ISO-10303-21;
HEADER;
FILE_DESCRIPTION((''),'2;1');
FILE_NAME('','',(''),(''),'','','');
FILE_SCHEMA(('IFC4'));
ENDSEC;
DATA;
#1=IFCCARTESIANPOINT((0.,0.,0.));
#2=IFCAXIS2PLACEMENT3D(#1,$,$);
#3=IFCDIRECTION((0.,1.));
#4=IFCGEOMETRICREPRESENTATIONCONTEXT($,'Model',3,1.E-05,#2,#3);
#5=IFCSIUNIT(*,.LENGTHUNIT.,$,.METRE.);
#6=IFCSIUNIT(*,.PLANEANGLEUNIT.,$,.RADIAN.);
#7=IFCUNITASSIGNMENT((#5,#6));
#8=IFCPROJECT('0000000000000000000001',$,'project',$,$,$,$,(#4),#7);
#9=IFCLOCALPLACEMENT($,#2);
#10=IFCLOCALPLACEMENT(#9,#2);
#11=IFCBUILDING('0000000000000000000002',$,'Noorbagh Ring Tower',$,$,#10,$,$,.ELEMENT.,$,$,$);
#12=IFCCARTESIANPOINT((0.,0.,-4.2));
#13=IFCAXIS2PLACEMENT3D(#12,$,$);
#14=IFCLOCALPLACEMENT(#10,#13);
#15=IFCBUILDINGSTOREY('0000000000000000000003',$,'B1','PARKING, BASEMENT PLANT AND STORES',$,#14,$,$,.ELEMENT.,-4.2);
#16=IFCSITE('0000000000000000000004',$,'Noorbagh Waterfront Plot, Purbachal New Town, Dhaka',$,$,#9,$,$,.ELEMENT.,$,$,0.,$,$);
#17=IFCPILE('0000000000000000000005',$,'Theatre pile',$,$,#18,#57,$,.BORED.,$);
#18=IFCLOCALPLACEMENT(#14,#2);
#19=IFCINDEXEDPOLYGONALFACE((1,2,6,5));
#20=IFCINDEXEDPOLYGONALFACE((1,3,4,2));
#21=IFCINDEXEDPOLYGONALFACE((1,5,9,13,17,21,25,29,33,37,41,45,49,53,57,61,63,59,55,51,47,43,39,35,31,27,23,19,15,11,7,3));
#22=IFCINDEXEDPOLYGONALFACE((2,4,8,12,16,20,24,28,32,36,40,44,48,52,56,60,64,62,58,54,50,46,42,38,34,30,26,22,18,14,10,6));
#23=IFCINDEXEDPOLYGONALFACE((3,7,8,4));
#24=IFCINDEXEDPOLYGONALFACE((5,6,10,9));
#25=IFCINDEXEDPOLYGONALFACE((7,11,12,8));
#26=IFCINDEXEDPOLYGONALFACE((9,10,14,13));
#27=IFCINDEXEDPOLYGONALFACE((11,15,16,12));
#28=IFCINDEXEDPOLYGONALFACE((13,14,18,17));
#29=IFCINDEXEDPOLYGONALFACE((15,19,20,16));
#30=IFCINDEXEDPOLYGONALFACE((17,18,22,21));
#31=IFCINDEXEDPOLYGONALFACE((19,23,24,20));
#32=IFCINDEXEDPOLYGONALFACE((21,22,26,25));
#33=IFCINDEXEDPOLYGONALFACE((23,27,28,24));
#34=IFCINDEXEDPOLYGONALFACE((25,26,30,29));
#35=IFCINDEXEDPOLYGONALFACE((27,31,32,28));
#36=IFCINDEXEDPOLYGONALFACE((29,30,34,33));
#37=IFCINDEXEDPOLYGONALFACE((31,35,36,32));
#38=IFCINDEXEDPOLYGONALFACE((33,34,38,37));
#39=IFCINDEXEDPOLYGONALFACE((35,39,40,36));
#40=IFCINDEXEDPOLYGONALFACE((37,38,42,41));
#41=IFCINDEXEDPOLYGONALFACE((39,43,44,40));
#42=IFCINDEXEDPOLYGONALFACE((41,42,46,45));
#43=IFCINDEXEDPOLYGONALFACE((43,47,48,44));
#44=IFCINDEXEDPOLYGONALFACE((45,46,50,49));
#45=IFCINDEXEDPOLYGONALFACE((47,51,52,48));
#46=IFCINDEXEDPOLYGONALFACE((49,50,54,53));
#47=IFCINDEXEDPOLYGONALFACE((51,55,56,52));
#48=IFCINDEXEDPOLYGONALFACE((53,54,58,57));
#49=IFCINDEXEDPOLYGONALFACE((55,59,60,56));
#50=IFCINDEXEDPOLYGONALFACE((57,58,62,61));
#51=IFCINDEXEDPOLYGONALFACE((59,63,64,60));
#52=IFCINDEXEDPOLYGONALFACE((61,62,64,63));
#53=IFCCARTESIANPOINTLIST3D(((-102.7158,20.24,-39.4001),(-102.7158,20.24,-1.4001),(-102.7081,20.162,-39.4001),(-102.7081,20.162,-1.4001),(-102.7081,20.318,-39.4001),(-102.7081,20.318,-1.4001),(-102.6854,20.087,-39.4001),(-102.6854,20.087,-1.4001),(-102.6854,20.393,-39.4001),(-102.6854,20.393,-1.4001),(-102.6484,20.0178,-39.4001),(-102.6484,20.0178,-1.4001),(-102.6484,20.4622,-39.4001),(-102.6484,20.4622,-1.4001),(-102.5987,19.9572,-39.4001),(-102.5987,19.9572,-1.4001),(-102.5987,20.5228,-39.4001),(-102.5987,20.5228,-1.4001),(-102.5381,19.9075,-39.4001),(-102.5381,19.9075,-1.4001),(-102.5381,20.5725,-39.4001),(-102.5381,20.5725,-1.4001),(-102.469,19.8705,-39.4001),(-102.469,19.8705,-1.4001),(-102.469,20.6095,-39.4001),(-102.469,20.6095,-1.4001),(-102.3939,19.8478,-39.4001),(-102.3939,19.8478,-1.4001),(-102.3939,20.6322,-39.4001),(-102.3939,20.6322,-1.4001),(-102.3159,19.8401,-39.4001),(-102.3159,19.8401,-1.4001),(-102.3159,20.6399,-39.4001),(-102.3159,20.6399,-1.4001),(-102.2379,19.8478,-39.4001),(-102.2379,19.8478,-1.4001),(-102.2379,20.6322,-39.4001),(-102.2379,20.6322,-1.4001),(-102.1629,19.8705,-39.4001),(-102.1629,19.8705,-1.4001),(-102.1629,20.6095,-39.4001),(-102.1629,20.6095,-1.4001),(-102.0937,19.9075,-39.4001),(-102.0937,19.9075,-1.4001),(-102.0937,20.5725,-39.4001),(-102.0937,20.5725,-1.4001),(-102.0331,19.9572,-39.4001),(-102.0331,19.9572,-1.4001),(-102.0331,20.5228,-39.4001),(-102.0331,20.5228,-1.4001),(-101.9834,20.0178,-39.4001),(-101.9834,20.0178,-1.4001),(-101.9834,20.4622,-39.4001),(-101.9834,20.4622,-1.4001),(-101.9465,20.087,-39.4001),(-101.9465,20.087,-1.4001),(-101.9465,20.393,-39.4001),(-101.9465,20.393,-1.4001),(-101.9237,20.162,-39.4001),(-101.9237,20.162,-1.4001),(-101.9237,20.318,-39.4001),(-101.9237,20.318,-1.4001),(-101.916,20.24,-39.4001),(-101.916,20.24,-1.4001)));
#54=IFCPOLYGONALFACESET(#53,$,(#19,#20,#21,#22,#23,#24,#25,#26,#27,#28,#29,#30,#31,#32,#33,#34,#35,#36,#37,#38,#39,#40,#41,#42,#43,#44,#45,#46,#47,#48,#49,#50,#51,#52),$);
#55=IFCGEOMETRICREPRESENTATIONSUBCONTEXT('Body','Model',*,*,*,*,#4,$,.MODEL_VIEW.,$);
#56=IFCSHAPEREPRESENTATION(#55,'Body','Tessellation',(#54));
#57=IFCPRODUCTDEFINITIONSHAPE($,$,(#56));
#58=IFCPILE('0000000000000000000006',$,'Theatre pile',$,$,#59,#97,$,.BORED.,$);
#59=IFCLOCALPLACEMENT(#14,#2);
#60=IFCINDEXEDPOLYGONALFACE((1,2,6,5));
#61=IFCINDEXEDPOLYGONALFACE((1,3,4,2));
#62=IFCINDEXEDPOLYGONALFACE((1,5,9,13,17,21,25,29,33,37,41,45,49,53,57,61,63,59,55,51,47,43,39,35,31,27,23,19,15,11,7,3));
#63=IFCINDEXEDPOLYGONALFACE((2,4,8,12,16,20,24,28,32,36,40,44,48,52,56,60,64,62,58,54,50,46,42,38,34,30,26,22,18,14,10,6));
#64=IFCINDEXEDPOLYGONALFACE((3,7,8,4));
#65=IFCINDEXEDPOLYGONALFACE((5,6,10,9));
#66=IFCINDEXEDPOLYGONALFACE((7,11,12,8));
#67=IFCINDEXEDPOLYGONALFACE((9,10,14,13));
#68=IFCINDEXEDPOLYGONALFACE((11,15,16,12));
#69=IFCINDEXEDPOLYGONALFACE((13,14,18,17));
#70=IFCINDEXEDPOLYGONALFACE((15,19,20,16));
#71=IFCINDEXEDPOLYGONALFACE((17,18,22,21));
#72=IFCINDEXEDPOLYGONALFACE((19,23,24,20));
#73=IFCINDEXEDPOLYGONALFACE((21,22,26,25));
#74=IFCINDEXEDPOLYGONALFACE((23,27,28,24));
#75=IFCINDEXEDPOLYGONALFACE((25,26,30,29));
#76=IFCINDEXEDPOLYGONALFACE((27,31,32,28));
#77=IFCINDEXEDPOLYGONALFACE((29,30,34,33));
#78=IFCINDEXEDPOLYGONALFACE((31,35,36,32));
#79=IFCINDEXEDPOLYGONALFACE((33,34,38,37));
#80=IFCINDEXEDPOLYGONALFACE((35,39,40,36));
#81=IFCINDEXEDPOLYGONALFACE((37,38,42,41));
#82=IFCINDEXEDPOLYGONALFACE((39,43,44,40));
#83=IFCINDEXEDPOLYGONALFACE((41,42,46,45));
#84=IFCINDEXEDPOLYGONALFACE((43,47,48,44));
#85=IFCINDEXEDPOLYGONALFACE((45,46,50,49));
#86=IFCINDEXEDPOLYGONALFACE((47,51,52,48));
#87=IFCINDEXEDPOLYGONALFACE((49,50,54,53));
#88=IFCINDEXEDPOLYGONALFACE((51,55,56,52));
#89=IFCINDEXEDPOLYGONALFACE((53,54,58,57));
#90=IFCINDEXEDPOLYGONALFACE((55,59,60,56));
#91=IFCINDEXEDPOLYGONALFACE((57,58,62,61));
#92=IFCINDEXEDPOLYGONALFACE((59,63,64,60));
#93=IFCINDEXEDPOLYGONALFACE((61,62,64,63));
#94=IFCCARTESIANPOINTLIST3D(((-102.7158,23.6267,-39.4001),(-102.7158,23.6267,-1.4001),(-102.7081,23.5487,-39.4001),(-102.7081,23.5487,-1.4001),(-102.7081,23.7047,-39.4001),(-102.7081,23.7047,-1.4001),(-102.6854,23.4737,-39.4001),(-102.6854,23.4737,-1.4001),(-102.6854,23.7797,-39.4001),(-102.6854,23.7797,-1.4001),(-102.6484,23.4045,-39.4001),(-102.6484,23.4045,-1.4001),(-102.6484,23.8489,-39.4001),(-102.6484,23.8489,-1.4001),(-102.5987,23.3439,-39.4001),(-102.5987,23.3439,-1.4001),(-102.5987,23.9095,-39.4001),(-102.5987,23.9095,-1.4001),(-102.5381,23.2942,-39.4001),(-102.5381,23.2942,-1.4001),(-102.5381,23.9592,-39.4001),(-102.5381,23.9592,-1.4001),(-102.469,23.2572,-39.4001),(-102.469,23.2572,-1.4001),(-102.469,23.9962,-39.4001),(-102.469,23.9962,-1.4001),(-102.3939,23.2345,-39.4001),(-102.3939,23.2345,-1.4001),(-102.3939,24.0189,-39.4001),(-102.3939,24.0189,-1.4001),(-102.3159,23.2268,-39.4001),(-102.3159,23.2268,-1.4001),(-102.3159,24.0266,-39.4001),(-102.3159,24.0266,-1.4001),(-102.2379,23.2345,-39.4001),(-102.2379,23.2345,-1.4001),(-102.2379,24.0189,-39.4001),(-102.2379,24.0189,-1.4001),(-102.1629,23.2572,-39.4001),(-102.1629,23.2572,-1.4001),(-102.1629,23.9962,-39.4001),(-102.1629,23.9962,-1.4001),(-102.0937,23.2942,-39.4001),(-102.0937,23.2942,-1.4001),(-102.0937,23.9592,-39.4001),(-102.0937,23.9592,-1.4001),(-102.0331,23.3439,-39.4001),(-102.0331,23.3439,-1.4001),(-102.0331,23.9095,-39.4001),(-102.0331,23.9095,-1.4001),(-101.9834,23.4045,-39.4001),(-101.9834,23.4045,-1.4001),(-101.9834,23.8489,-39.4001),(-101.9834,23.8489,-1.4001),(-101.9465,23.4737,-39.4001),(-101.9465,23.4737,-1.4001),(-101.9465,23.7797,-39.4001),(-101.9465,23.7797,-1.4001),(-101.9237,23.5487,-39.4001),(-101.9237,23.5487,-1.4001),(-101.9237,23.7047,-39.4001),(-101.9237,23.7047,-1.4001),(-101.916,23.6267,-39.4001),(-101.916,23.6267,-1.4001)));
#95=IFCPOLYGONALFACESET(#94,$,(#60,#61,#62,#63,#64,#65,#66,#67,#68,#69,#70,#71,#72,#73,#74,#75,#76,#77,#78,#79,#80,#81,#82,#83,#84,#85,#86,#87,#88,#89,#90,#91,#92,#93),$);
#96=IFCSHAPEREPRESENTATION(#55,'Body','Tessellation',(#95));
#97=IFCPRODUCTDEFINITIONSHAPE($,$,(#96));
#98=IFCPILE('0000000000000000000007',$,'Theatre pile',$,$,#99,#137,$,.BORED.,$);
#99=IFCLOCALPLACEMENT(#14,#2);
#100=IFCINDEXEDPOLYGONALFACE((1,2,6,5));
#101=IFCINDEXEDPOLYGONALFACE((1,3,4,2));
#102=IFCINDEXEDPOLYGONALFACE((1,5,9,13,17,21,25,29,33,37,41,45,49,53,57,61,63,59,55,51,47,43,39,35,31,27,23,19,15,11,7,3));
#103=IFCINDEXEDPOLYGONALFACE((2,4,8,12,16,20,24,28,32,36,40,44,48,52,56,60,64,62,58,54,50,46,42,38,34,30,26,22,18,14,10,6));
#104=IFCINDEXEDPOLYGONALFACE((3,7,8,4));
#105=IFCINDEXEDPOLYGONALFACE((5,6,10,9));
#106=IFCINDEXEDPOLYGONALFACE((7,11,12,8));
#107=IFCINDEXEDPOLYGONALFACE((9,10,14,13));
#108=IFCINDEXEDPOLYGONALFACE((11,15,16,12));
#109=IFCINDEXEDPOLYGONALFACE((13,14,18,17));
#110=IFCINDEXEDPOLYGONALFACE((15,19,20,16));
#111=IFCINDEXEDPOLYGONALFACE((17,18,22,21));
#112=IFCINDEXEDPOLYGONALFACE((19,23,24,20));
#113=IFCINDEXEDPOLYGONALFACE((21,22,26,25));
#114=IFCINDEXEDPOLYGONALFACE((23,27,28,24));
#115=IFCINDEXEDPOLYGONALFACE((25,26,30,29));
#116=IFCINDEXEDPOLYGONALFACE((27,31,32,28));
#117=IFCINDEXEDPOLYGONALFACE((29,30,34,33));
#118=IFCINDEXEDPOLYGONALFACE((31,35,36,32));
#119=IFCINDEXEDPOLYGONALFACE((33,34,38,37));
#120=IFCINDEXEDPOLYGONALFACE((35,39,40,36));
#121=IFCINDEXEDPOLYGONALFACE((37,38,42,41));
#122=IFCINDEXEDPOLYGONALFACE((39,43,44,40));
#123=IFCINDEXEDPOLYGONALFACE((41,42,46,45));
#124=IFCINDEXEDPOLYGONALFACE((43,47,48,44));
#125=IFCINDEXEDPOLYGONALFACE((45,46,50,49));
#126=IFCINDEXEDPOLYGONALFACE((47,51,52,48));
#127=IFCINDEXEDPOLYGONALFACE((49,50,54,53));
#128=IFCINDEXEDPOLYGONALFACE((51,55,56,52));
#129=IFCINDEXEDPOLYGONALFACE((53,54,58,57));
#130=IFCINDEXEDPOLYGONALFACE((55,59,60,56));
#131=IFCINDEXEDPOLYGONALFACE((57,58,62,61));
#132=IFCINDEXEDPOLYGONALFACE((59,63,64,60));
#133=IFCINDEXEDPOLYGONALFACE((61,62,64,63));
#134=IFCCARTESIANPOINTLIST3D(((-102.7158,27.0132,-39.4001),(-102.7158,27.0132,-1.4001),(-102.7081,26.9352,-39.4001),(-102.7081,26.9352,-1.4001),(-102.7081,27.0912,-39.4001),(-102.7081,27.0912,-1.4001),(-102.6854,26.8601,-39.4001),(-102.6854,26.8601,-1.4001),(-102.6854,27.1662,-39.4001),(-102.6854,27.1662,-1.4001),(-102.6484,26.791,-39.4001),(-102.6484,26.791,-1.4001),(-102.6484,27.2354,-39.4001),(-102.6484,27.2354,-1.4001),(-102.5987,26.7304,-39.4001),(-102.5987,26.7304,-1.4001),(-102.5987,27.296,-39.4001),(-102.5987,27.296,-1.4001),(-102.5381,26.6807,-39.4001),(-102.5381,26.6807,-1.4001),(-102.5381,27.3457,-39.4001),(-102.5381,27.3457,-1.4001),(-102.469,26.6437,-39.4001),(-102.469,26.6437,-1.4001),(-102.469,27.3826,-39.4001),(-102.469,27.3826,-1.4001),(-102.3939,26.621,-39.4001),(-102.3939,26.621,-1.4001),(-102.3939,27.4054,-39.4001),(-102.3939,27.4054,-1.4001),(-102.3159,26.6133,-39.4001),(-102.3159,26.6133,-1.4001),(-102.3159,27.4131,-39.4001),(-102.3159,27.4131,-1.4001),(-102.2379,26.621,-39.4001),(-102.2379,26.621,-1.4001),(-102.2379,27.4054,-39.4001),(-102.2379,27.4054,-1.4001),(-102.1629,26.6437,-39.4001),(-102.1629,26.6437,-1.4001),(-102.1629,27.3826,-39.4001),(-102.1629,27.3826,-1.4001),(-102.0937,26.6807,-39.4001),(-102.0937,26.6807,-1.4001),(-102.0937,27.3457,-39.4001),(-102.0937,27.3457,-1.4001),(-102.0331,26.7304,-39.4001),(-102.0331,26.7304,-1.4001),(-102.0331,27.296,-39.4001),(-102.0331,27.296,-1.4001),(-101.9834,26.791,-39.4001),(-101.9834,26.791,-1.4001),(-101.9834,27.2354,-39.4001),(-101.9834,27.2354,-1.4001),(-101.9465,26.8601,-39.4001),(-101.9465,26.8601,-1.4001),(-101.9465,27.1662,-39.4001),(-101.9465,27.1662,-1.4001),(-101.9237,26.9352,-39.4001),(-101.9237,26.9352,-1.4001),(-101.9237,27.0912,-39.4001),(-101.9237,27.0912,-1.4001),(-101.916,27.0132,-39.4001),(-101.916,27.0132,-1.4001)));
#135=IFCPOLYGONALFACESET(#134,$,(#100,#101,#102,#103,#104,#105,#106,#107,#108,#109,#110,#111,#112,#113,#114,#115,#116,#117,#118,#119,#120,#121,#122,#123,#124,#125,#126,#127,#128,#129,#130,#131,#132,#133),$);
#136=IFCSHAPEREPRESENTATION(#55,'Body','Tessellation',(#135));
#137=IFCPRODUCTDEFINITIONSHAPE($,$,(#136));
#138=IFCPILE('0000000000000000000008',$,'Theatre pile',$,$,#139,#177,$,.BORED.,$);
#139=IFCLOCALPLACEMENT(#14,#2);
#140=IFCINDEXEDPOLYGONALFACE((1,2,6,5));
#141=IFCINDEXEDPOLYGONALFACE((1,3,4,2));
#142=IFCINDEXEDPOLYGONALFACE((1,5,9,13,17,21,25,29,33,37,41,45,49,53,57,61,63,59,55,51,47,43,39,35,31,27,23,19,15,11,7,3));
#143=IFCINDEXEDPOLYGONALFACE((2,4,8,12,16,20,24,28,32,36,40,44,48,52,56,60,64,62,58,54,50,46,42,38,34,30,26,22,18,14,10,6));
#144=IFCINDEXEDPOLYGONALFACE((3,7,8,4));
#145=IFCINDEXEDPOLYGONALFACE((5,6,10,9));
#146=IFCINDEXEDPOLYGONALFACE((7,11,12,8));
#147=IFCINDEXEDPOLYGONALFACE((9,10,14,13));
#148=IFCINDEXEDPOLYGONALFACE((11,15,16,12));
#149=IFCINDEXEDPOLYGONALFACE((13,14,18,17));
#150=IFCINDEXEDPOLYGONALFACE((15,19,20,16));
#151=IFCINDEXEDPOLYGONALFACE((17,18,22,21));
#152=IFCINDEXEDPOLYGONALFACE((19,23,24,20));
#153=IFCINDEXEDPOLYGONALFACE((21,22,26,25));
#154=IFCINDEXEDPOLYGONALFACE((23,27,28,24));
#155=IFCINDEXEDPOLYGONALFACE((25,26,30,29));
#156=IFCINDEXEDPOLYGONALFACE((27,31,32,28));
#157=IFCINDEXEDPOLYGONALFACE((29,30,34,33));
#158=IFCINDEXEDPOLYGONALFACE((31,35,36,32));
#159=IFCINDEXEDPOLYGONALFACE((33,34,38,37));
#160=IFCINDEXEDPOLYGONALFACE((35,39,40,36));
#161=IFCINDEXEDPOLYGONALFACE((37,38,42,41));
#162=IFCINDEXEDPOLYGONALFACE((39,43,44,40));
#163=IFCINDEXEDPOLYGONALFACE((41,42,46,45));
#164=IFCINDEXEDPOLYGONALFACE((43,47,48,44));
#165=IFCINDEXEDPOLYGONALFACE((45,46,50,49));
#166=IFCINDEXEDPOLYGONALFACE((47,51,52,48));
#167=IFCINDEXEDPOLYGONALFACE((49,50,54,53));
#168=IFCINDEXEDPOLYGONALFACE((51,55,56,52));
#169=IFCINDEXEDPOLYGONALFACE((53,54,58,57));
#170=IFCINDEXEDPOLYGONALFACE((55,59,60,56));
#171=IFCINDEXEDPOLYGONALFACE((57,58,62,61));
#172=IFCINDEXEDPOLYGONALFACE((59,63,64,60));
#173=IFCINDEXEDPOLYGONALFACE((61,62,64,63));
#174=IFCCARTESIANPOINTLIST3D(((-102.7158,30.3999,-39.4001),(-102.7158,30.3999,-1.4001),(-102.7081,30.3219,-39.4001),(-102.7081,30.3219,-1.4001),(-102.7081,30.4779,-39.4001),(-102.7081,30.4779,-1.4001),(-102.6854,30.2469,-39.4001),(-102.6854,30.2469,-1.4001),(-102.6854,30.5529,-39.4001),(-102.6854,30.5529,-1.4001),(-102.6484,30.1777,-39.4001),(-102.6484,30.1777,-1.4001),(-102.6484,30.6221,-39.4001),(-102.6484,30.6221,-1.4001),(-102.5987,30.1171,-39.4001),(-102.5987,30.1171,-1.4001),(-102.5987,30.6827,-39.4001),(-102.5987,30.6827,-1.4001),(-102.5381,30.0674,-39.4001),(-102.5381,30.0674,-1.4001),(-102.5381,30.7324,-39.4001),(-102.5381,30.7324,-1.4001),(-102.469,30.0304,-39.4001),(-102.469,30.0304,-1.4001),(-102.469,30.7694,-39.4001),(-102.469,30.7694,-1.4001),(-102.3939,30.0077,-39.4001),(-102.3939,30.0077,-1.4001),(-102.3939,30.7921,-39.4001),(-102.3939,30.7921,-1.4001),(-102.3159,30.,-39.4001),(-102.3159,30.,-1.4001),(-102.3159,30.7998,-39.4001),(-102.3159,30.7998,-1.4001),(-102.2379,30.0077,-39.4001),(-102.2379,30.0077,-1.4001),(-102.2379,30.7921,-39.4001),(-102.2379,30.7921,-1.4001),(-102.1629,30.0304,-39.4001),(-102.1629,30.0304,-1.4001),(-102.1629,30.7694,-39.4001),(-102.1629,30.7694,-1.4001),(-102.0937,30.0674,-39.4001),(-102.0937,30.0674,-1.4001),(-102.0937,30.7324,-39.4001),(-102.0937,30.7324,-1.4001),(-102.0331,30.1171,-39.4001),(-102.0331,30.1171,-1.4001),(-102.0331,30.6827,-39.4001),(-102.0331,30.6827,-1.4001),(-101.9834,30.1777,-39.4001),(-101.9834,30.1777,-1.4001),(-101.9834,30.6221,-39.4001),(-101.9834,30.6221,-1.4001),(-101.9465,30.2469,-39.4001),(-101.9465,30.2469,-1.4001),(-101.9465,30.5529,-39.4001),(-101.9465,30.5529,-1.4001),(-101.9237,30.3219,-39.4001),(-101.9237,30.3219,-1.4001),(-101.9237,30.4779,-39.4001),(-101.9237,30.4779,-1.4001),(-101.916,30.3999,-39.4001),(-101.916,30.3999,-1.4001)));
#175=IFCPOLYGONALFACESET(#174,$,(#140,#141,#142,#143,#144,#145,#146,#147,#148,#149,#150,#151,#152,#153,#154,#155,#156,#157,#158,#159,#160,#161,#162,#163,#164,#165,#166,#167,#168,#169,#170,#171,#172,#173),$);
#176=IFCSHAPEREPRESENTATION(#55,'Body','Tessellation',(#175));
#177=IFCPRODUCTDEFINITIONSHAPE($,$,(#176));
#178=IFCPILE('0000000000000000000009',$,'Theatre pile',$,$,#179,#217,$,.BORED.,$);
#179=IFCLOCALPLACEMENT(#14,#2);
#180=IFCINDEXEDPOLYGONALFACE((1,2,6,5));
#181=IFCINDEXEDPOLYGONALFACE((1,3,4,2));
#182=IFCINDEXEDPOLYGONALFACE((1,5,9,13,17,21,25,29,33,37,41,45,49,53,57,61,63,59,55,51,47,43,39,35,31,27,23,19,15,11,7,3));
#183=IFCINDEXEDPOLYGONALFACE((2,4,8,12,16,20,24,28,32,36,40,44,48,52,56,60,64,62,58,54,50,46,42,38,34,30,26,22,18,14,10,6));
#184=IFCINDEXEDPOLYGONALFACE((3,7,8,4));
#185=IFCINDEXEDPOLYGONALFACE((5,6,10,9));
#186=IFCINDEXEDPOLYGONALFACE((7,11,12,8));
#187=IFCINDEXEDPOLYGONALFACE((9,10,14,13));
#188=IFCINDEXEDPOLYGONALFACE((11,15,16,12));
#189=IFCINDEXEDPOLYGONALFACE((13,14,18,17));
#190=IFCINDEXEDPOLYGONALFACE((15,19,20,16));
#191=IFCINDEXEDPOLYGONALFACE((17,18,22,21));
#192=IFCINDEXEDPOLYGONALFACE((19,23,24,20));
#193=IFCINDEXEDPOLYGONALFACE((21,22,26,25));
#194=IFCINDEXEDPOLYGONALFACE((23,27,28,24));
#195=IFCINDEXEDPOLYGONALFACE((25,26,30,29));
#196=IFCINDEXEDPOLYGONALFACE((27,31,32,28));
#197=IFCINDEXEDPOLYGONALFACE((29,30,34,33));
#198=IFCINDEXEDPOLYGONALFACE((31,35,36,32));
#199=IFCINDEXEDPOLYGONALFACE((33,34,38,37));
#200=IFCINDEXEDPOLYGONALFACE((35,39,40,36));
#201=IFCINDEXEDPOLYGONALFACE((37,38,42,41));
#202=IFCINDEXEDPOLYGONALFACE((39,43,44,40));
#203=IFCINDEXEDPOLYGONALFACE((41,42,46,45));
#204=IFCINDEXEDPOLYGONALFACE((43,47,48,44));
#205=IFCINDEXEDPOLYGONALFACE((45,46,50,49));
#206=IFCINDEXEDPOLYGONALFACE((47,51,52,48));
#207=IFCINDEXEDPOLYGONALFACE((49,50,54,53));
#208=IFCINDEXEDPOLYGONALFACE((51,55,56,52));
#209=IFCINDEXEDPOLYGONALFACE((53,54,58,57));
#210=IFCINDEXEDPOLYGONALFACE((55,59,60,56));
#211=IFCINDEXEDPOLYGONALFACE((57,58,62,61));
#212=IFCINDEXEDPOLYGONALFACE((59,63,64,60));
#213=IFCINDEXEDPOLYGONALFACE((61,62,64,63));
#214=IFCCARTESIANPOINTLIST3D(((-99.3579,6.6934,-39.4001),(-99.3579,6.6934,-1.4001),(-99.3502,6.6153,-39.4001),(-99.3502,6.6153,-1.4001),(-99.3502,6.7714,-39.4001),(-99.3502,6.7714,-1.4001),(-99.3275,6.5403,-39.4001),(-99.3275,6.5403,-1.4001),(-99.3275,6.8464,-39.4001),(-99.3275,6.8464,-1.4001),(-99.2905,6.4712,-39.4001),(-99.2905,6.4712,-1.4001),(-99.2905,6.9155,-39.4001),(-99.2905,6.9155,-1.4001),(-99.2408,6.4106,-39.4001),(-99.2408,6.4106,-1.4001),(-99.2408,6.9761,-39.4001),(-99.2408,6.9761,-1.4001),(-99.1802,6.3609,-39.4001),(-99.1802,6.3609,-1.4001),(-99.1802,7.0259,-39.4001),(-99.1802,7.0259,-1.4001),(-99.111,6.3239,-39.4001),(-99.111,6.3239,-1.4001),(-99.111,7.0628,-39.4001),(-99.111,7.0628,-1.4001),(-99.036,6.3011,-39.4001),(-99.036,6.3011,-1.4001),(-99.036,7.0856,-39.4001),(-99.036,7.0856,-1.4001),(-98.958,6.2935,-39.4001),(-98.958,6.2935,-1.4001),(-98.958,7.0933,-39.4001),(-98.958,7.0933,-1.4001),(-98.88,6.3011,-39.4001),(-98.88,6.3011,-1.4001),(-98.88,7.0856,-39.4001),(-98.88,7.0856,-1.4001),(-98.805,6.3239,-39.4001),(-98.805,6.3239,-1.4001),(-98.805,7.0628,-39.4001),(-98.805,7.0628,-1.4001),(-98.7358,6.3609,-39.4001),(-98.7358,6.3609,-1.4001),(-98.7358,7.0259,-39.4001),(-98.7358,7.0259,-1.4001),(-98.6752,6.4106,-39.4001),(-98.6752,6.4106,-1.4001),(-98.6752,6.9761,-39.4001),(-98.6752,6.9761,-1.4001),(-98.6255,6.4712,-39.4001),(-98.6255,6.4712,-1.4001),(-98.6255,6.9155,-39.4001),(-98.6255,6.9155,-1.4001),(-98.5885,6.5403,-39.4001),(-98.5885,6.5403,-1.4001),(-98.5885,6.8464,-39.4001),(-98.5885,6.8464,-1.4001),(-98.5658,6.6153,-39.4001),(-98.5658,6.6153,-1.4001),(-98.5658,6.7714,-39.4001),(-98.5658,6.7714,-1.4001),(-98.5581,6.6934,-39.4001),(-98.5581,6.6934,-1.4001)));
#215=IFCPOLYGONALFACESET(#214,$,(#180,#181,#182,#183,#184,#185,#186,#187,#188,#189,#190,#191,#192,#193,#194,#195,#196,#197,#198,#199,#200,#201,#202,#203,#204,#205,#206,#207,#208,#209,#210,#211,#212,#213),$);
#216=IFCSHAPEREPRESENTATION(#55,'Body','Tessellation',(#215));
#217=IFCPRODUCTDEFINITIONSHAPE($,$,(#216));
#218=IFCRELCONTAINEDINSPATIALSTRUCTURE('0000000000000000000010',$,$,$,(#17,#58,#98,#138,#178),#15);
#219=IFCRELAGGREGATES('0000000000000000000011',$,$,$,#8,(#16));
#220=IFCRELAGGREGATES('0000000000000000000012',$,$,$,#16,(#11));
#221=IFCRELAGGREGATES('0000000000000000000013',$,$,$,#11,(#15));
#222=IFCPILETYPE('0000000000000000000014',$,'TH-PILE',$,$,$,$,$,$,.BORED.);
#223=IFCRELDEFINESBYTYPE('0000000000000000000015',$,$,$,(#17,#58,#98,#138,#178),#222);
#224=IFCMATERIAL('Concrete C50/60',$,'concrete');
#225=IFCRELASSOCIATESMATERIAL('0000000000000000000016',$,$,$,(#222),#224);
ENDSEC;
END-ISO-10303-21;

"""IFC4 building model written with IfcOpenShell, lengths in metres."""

from ifc_helpers import new_model, si_unit, direction, frame, origin, origin_2d, place, context, subcontext, project, spatial, circle, extrude, material, material_profile, profile_set, type_object, element, save


model = new_model("IFC4")

# Units and contexts
model_context = context("Model", 3, precision=1e-05, world=origin(), true_north=direction((0.0, 1.0)))
body_context = subcontext(model_context, "Body", "Model", "MODEL_VIEW")
ifc_project = project(units=[si_unit("LENGTHUNIT", "METRE"), si_unit("PLANEANGLEUNIT", "RADIAN")], contexts=[model_context])

# Site, building, storey
site_placement = place(None, origin())
site = spatial("IfcSite", under=ifc_project, at=site_placement, Name="Noorbagh Waterfront Plot, Purbachal New Town, Dhaka", CompositionType="ELEMENT", RefElevation=0.0)
building_placement = place(site_placement, origin())
building = spatial("IfcBuilding", under=site, at=building_placement, Name="Noorbagh Ring Tower", CompositionType="ELEMENT")
storey_placement = place(building_placement, frame((0.0, 0.0, -4.2)))
storey = spatial("IfcBuildingStorey", under=building, at=storey_placement, Name="B1", Description="PARKING, BASEMENT PLANT AND STORES", CompositionType="ELEMENT", Elevation=-4.2)

# Piles
ifc_material_1 = material(Name="Concrete C50/60", Category="concrete")
ifc_material_profile_1 = material_profile(ifc_material_1, circle(Radius=0.3999, at=origin_2d()), Name="PILE800")
ifc_profile_set_1 = profile_set([ifc_material_profile_1], Name="Concrete C50/60")
pile_type = type_object("IfcPileType", Name="TH-PILE", PredefinedType="BORED", material=ifc_profile_set_1)
for number, where, z_axis, x_axis, name in (
    (1, (-102.3159, 20.24, -1.4001), (0.0, 0.0, -1.0), (1.0, 0.0, 0.0), "Theatre pile"),
    (2, (-102.3159, 23.6267, -1.4001), (0.0, 0.0, -1.0), (1.0, 0.0, 0.0), "Theatre pile"),
    (3, (-102.3159, 27.0132, -1.4001), (0.0, 0.0, -1.0), (1.0, 0.0, 0.0), "Theatre pile"),
    (4, (-102.3159, 30.3999, -1.4001), (0.0, 0.0, -1.0), (1.0, 0.0, 0.0), "Theatre pile"),
    (5, (-98.958, 6.6934, -1.4001), (0.0, 0.0, -1.0), (1.0, 0.0, 0.0), "Theatre pile"),
):
    element("IfcPile", number, at=place(storey_placement, frame(where, z_axis=z_axis, x_axis=x_axis)), inside=storey, type_object=pile_type, Name=name, PredefinedType="BORED", context=body_context, shape_type="SweptSolid", body=[
        extrude(circle(Radius=0.3999, at=origin_2d()), origin(), (0.0, 0.0, 1.0), 38.0),
    ])

save(model, "model.ifc")
